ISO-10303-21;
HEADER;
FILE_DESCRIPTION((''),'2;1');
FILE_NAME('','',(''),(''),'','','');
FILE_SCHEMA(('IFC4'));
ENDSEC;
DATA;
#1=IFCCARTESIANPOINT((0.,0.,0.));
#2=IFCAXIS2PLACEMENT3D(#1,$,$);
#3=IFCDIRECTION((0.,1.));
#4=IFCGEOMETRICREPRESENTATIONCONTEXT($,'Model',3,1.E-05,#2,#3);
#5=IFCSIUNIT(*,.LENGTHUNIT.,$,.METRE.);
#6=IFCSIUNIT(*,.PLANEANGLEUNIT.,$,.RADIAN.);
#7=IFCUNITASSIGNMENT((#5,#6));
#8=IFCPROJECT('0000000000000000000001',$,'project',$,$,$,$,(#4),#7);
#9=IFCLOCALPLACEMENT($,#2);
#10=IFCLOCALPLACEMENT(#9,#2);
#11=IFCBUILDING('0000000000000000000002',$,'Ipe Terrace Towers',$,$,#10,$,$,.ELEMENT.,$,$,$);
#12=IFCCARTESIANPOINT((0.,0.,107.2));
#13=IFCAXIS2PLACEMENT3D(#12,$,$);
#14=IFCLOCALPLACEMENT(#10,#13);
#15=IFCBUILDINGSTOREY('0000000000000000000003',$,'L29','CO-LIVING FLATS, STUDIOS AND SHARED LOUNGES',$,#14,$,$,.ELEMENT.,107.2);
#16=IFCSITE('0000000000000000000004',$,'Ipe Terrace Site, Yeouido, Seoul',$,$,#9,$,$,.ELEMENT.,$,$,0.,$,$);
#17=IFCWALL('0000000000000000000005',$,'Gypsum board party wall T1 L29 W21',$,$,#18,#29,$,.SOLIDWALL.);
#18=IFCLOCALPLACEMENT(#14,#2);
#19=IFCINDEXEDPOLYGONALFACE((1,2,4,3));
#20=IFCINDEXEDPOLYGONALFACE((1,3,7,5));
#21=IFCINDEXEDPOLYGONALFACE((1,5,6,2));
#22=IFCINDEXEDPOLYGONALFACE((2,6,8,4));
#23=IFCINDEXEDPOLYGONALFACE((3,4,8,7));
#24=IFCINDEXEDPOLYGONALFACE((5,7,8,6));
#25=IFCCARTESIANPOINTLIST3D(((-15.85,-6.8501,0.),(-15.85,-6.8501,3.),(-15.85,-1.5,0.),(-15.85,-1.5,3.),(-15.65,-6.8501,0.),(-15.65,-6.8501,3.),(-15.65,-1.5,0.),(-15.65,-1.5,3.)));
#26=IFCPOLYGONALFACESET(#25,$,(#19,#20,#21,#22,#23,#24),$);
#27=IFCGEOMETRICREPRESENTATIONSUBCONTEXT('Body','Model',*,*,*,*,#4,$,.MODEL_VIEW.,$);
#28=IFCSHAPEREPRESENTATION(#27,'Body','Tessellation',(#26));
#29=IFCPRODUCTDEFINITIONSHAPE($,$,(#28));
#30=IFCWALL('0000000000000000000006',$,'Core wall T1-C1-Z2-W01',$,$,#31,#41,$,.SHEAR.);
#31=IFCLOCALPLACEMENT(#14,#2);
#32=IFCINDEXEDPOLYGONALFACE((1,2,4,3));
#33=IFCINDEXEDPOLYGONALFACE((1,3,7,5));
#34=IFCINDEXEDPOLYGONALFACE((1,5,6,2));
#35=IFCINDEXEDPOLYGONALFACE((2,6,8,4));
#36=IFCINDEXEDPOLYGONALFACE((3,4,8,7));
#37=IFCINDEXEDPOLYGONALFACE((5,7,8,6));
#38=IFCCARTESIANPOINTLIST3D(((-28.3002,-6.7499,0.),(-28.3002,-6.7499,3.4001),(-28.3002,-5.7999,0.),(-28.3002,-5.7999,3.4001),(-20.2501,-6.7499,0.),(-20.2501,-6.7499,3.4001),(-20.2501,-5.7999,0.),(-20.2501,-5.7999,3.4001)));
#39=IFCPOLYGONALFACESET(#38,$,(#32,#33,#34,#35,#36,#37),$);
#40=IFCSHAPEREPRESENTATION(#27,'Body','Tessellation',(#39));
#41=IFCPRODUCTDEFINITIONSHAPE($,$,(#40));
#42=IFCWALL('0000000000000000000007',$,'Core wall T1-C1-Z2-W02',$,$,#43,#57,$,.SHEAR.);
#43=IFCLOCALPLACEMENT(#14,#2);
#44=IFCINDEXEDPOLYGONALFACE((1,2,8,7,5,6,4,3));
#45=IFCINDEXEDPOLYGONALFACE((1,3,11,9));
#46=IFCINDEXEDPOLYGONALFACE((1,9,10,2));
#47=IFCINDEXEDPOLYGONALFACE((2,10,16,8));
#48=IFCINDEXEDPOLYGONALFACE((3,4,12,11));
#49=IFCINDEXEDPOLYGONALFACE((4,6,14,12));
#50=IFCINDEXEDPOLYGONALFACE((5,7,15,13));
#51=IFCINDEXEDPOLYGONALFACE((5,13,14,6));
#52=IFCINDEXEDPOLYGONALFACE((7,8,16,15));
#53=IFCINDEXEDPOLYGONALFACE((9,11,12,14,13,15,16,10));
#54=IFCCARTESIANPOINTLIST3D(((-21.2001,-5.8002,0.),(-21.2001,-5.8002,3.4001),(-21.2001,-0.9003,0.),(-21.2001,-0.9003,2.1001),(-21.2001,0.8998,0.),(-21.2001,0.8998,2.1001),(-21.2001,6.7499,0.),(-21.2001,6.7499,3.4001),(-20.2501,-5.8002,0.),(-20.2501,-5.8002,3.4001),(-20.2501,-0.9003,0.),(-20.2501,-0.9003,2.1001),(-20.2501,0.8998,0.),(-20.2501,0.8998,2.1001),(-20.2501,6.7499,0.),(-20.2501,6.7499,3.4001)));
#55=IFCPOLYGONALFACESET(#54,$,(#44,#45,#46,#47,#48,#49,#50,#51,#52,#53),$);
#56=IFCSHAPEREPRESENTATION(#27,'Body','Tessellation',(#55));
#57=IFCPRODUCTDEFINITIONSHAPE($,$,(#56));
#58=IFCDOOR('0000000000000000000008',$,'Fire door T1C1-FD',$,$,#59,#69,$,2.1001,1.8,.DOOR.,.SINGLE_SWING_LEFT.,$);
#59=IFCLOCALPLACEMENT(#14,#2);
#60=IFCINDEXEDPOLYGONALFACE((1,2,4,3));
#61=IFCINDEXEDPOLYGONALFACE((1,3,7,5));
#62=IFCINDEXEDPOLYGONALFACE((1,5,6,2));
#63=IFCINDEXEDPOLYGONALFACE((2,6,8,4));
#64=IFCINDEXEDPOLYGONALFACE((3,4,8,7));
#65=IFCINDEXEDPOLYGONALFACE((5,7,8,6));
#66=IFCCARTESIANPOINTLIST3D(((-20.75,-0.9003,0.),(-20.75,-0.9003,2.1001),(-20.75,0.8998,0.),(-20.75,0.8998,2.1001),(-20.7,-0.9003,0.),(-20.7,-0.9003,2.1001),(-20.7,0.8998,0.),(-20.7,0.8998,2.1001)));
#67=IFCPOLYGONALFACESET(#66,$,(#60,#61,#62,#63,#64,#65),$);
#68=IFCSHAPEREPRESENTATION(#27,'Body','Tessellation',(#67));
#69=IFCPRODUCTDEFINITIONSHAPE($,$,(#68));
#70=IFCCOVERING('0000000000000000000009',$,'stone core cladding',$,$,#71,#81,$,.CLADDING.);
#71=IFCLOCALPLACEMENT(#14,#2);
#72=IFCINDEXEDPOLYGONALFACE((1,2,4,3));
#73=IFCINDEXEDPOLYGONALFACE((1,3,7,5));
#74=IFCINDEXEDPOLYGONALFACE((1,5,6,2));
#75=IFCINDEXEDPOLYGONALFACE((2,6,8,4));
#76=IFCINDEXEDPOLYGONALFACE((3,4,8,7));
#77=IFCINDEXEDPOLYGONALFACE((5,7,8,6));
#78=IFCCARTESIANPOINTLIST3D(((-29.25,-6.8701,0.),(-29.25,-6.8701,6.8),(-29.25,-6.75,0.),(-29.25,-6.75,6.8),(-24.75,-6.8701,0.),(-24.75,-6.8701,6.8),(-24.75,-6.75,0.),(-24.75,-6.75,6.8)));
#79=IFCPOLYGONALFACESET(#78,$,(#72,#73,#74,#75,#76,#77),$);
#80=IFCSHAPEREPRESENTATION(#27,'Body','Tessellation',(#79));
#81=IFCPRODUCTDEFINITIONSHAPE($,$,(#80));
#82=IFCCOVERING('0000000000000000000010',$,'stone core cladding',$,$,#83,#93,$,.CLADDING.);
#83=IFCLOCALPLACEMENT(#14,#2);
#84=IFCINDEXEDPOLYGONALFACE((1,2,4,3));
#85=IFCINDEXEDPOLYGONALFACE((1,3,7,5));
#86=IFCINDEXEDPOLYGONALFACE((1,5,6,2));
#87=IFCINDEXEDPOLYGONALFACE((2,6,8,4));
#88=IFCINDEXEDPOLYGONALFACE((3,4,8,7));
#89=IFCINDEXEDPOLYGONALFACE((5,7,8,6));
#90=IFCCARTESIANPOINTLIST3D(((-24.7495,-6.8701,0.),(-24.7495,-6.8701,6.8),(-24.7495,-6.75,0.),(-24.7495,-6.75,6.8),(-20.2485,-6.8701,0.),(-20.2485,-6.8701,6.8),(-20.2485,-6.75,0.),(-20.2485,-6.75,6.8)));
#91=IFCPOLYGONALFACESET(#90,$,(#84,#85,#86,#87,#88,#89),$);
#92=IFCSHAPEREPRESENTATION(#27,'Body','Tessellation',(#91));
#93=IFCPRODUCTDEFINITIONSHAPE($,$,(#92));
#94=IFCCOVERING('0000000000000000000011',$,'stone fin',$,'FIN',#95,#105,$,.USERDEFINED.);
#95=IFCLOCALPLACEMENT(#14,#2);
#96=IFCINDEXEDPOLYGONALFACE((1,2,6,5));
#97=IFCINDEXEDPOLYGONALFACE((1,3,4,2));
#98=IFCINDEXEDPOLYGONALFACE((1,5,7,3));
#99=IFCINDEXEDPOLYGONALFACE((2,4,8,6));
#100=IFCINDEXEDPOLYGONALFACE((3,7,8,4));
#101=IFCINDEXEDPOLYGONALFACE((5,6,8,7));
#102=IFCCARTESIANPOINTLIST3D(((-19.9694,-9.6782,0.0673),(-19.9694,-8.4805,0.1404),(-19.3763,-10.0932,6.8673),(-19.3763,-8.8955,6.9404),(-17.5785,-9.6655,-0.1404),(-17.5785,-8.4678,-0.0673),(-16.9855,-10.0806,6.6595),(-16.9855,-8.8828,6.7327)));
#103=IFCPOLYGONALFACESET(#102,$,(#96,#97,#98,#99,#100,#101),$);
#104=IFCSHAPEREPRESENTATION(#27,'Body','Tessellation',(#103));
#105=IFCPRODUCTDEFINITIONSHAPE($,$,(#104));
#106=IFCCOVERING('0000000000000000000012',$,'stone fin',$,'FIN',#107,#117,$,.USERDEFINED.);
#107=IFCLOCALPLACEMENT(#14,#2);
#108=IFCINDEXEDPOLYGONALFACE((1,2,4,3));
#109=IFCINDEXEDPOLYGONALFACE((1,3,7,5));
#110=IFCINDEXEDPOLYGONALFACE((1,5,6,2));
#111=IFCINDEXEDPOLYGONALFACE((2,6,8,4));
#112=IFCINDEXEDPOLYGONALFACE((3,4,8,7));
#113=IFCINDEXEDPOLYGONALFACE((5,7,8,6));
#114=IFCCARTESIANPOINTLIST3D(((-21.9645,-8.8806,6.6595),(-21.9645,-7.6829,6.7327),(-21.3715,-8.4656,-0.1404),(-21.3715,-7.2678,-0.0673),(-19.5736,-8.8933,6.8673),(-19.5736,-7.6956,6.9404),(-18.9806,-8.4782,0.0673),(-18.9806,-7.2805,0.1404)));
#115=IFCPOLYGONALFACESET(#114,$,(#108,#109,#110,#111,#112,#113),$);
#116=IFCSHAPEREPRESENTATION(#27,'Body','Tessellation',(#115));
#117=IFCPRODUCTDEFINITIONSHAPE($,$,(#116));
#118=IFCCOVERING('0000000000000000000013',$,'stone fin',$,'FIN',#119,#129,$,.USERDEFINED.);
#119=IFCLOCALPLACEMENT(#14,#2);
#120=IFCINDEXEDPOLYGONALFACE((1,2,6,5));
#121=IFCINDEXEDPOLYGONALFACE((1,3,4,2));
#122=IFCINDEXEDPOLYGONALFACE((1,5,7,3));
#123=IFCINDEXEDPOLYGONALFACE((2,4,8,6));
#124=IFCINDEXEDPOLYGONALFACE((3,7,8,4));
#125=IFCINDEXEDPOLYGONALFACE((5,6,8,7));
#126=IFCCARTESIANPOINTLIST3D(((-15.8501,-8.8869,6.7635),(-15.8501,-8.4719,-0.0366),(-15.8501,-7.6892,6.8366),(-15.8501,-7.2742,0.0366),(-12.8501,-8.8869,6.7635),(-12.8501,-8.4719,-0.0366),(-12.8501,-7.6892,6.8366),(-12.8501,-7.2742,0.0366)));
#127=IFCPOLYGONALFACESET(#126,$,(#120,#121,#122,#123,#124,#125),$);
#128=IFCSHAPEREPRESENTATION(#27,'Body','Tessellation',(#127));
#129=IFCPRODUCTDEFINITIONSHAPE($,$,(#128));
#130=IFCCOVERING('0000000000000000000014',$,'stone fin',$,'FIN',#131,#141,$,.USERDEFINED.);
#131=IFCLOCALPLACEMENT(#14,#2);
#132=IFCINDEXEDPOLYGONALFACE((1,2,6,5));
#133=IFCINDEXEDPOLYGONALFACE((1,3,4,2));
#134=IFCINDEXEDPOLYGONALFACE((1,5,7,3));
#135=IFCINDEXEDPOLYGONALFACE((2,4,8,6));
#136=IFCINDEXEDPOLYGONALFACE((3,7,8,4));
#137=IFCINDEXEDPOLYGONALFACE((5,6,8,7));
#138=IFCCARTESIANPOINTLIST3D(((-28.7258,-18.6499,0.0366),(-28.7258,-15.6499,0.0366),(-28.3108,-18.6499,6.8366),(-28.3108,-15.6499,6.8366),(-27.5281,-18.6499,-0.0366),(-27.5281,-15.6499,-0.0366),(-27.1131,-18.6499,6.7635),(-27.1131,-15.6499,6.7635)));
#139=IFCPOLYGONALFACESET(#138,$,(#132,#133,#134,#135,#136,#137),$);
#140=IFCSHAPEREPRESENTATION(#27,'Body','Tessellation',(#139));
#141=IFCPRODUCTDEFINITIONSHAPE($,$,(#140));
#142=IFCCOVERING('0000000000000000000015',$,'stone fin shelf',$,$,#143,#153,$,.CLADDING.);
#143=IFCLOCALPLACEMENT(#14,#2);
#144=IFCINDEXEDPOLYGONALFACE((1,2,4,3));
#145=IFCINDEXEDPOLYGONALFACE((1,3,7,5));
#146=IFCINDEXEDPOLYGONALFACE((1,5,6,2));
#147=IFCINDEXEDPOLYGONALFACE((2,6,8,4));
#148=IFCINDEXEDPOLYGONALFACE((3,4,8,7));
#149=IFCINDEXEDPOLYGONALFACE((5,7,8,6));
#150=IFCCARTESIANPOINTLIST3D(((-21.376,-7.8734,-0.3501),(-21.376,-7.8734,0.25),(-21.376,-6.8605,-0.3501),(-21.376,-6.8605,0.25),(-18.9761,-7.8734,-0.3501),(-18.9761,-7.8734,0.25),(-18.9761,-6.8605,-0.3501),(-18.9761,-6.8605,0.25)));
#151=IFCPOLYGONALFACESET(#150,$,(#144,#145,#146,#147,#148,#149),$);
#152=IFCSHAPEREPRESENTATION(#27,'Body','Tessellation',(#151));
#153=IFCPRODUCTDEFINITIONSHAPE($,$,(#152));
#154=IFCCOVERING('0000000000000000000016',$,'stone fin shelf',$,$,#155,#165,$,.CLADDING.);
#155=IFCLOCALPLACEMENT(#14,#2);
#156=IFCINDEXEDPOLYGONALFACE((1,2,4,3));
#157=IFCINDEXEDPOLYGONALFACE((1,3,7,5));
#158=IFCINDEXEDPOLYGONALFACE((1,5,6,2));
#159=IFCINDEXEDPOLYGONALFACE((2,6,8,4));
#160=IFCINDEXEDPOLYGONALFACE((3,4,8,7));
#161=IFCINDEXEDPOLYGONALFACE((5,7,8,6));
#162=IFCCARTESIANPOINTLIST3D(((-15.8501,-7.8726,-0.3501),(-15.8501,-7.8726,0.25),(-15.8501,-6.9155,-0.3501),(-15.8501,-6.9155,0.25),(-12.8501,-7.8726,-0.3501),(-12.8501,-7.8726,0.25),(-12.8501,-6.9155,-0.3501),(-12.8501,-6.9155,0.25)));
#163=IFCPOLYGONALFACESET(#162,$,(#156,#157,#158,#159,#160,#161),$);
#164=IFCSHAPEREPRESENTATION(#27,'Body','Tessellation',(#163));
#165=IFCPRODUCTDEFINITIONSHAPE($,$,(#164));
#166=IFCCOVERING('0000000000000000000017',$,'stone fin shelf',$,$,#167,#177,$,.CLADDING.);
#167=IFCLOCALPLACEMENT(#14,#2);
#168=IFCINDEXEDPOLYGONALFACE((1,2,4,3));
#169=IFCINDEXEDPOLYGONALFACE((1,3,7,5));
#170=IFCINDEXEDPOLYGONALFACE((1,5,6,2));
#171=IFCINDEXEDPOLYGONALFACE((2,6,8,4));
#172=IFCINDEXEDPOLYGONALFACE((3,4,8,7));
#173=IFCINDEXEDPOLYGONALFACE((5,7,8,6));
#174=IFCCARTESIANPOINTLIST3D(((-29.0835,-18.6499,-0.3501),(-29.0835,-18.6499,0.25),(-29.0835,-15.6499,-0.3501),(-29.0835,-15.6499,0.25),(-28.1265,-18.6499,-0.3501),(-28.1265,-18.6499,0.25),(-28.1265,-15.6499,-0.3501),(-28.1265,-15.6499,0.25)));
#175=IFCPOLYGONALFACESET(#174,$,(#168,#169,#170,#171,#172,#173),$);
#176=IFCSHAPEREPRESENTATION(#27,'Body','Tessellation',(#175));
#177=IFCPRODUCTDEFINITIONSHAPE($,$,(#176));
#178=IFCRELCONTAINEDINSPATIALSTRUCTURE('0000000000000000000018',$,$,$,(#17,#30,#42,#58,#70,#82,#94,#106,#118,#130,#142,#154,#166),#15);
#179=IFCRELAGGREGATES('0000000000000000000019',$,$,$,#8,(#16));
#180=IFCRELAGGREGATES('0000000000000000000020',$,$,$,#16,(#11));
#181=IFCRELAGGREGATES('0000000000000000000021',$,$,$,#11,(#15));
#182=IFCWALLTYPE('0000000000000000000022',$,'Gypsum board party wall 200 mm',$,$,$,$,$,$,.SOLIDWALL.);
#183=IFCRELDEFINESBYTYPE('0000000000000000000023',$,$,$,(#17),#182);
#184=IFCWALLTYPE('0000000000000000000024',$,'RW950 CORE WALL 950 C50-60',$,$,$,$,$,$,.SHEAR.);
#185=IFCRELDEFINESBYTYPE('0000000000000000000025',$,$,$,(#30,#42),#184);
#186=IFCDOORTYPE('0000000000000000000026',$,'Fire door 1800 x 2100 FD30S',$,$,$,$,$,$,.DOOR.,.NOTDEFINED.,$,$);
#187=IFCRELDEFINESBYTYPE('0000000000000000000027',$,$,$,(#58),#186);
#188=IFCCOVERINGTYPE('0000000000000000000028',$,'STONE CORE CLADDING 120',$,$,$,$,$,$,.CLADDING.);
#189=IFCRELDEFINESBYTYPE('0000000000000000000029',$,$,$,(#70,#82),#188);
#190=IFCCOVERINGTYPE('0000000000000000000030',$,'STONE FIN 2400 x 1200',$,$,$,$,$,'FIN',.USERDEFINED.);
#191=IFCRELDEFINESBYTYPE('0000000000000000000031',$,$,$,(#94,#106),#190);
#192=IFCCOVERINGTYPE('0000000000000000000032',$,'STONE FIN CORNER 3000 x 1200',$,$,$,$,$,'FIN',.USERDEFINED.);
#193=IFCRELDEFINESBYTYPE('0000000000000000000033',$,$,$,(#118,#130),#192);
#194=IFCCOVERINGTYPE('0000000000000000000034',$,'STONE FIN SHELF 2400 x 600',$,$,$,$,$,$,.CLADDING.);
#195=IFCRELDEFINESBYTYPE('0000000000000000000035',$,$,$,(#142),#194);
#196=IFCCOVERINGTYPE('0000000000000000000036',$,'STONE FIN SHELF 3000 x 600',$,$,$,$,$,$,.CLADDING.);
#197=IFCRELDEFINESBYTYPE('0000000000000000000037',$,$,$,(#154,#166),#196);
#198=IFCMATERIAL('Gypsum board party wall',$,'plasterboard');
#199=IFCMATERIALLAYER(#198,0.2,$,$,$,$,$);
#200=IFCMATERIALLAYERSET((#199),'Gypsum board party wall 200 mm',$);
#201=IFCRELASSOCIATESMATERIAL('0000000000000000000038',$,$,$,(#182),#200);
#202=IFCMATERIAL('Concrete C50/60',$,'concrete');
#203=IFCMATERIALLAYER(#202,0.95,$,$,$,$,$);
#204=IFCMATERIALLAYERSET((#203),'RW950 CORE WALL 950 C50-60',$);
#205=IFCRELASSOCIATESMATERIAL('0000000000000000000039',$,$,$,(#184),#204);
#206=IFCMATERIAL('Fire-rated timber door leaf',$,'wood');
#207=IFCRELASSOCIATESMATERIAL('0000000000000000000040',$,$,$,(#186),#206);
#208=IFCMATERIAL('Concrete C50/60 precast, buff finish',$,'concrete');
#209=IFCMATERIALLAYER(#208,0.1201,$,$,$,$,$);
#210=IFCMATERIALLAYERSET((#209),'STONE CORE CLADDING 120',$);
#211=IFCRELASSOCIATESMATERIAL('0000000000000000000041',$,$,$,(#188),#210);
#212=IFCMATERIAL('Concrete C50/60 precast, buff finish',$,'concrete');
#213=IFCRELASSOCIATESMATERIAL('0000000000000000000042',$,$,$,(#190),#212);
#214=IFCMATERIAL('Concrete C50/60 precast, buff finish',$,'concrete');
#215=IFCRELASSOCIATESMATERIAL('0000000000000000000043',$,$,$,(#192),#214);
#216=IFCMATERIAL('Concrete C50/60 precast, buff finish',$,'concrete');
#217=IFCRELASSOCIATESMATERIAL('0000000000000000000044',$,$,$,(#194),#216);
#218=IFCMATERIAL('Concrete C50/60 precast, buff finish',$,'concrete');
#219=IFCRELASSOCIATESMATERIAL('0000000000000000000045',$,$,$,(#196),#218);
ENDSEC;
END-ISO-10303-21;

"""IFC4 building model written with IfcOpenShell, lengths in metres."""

from ifc_helpers import new_model, si_unit, direction, frame, frame_2d, origin, origin_2d, place, context, subcontext, project, spatial, rectangle, extrude, material, layer, layer_set, material_profile, profile_set, type_object, element, fill, save


model = new_model("IFC4")

# Units and contexts
model_context = context("Model", 3, precision=1e-05, world=origin(), true_north=direction((0.0, 1.0)))
body_context = subcontext(model_context, "Body", "Model", "MODEL_VIEW")
ifc_project = project(units=[si_unit("LENGTHUNIT", "METRE"), si_unit("PLANEANGLEUNIT", "RADIAN")], contexts=[model_context])

# Site, building, storey
site_placement = place(None, origin())
site = spatial("IfcSite", under=ifc_project, at=site_placement, Name="Ipe Terrace Site, Yeouido, Seoul", CompositionType="ELEMENT", RefElevation=0.0)
building_placement = place(site_placement, origin())
building = spatial("IfcBuilding", under=site, at=building_placement, Name="Ipe Terrace Towers", CompositionType="ELEMENT")
storey_placement = place(building_placement, frame((0.0, 0.0, 107.2)))
storey = spatial("IfcBuildingStorey", under=building, at=storey_placement, Name="L29", Description="CO-LIVING FLATS, STUDIOS AND SHARED LOUNGES", CompositionType="ELEMENT", Elevation=107.2)

# Walls
ifc_material_1 = material(Name="Gypsum board party wall", Category="plasterboard")
ifc_layer_1 = layer(ifc_material_1, 0.2)
ifc_layer_set_1 = layer_set([ifc_layer_1], Name="Gypsum board party wall 200 mm")
wall_type_1 = type_object("IfcWallType", Name="Gypsum board party wall 200 mm", PredefinedType="SOLIDWALL", material=ifc_layer_set_1)
wall_1_placement = place(storey_placement, frame((-15.75, -6.8501, 0.0), z_axis=(0.0, 0.0, 1.0), x_axis=(0.0, 1.0, 0.0)))
element("IfcWall", 1, at=wall_1_placement, inside=storey, type_object=wall_type_1, Name="Gypsum board party wall T1 L29 W21", PredefinedType="SOLIDWALL", context=body_context, shape_type="SweptSolid", body=[
    extrude(rectangle(XDim=5.3501, YDim=0.2, at=frame_2d((2.675, 0.0))), origin(), (0.0, 0.0, 1.0), 3.0),
])
ifc_material_2 = material(Name="Concrete C50/60", Category="concrete")
ifc_layer_2 = layer(ifc_material_2, 0.95)
ifc_layer_set_2 = layer_set([ifc_layer_2], Name="RW950 CORE WALL 950 C50-60")
wall_type_2 = type_object("IfcWallType", Name="RW950 CORE WALL 950 C50-60", PredefinedType="SHEAR", material=ifc_layer_set_2)
wall_2_placement = place(storey_placement, frame((-28.3, -6.2749, 0.0), z_axis=(0.0, 0.0, 1.0), x_axis=(1.0, 0.0, 0.0)))
element("IfcWall", 2, at=wall_2_placement, inside=storey, type_object=wall_type_2, Name="Core wall T1-C1-Z2-W01", PredefinedType="SHEAR", context=body_context, shape_type="SweptSolid", body=[
    extrude(rectangle(XDim=8.05, YDim=0.95, at=frame_2d((4.0249, 0.0))), origin(), (0.0, 0.0, 1.0), 3.4001),
])

# Wall, opening, door
wall_3_placement = place(storey_placement, frame((-20.7251, -5.8, 0.0), z_axis=(0.0, 0.0, 1.0), x_axis=(0.0, 1.0, 0.0)))
wall_3 = element("IfcWall", 3, at=wall_3_placement, inside=storey, type_object=wall_type_2, Name="Core wall T1-C1-Z2-W02", PredefinedType="SHEAR", context=body_context, shape_type="SweptSolid", body=[
    extrude(rectangle(XDim=12.55, YDim=0.95, at=frame_2d((6.2749, 0.0))), origin(), (0.0, 0.0, 1.0), 3.4001),
])
opening_1_placement = place(wall_3_placement, frame((4.8999, 0.0, 0.0)))
opening_1 = element("IfcOpeningElement", 4, at=opening_1_placement, cuts=wall_3, PredefinedType="OPENING", context=body_context, shape_type="SweptSolid", body=[
    extrude(rectangle(XDim=1.8, YDim=2.1001, at=frame_2d((0.8999, 1.05))), frame((0.0, 0.4849, 0.0), z_axis=(0.0, -1.0, 0.0), x_axis=(1.0, 0.0, 0.0)), (0.0, 0.0, 1.0), 0.97),
])
ifc_material_3 = material(Name="Fire-rated timber door leaf", Category="wood")
door_type_1 = type_object("IfcDoorType", Name="Fire door 1800 x 2100 FD30S", OperationType="NOTDEFINED", PredefinedType="DOOR", material=ifc_material_3)
door_1_placement = place(opening_1_placement, origin())
door_1 = element("IfcDoor", 5, at=door_1_placement, inside=storey, type_object=door_type_1, Name="Fire door T1C1-FD", OperationType="SINGLE_SWING_LEFT", OverallHeight=2.1001, OverallWidth=1.8, PredefinedType="DOOR", context=body_context, shape_type="SweptSolid", body=[
    extrude(rectangle(XDim=1.8, YDim=2.1001, at=frame_2d((0.8999, 1.05))), frame((0.0, 0.0249, 0.0), z_axis=(0.0, -1.0, 0.0), x_axis=(1.0, 0.0, 0.0)), (0.0, 0.0, 1.0), 0.05),
])
fill(opening_1, door_1)

# Coverings
ifc_material_4 = material(Name="Concrete C50/60 precast, buff finish", Category="concrete")
ifc_layer_3 = layer(ifc_material_4, 0.1201)
ifc_layer_set_3 = layer_set([ifc_layer_3], Name="STONE CORE CLADDING 120")
covering_type_1 = type_object("IfcCoveringType", Name="STONE CORE CLADDING 120", PredefinedType="CLADDING", material=ifc_layer_set_3)
covering_1_placement = place(storey_placement, frame((-27.0, -6.8101, 0.0), z_axis=(0.0, 0.0, 1.0), x_axis=(1.0, 0.0, 0.0)))
element("IfcCovering", 6, at=covering_1_placement, inside=storey, type_object=covering_type_1, Name="stone core cladding", PredefinedType="CLADDING", context=body_context, shape_type="SweptSolid", body=[
    extrude(rectangle(XDim=4.5, YDim=0.1201, at=origin_2d()), origin(), (0.0, 0.0, 1.0), 6.8),
])
covering_2_placement = place(storey_placement, frame((-22.499, -6.8101, 0.0), z_axis=(0.0, 0.0, 1.0), x_axis=(1.0, 0.0, 0.0)))
element("IfcCovering", 7, at=covering_2_placement, inside=storey, type_object=covering_type_1, Name="stone core cladding", PredefinedType="CLADDING", context=body_context, shape_type="SweptSolid", body=[
    extrude(rectangle(XDim=4.501, YDim=0.1201, at=origin_2d()), origin(), (0.0, 0.0, 1.0), 6.8),
])
ifc_material_5 = material(Name="Concrete C50/60 precast, buff finish", Category="concrete")
ifc_material_profile_1 = material_profile(ifc_material_5, rectangle(XDim=2.3999, YDim=1.2, at=origin_2d()), Name="STONE FIN 2400 x 1200")
ifc_profile_set_1 = profile_set([ifc_material_profile_1], Name="Concrete C50/60 precast, buff finish")
covering_type_2 = type_object("IfcCoveringType", Name="STONE FIN 2400 x 1200", ElementType="FIN", PredefinedType="USERDEFINED", material=ifc_profile_set_1)
for number, where, z_axis, x_axis, name in (
    (8, (-18.7739, -9.073, 0.0), (0.086718, -0.060692, 0.994382), (0.996233, 0.005283, -0.086557), "stone fin"),
    (9, (-20.176, -7.873, 0.0), (-0.086718, -0.060692, 0.994382), (0.996233, -0.005283, 0.086557), "stone fin"),
):
    element("IfcCovering", number, at=place(storey_placement, frame(where, z_axis=z_axis, x_axis=x_axis)), inside=storey, type_object=covering_type_2, Name=name, ObjectType="FIN", PredefinedType="USERDEFINED", context=body_context, shape_type="SweptSolid", body=[
        extrude(rectangle(XDim=2.3999, YDim=1.2, at=origin_2d()), origin(), (0.0, 0.0, 1.0), 6.8384),
    ])
ifc_material_6 = material(Name="Concrete C50/60 precast, buff finish", Category="concrete")
ifc_material_profile_2 = material_profile(ifc_material_6, rectangle(XDim=3.0, YDim=1.2, at=origin_2d()), Name="STONE FIN CORNER 3000 x 1200")
ifc_profile_set_2 = profile_set([ifc_material_profile_2], Name="Concrete C50/60 precast, buff finish")
covering_type_3 = type_object("IfcCoveringType", Name="STONE FIN CORNER 3000 x 1200", ElementType="FIN", PredefinedType="USERDEFINED", material=ifc_profile_set_2)
for number, where, z_axis, x_axis, name in (
    (10, (-14.3501, -7.873, 0.0), (0.0, -0.060921, 0.998143), (1.0, 0.0, 0.0), "stone fin"),
    (11, (-28.127, -17.1499, 0.0), (0.060921, 0.0, 0.998143), (0.0, 1.0, 0.0), "stone fin"),
):
    element("IfcCovering", number, at=place(storey_placement, frame(where, z_axis=z_axis, x_axis=x_axis)), inside=storey, type_object=covering_type_3, Name=name, ObjectType="FIN", PredefinedType="USERDEFINED", context=body_context, shape_type="SweptSolid", body=[
        extrude(rectangle(XDim=3.0, YDim=1.2, at=origin_2d()), origin(), (0.0, 0.0, 1.0), 6.8127),
    ])
ifc_material_7 = material(Name="Concrete C50/60 precast, buff finish", Category="concrete")
covering_type_4 = type_object("IfcCoveringType", Name="STONE FIN SHELF 2400 x 600", PredefinedType="CLADDING", material=ifc_material_7)
covering_3_placement = place(storey_placement, frame((-20.176, -7.3669, -0.3501), z_axis=(0.0, 0.0, 1.0), x_axis=(1.0, 0.0, 0.0)))
element("IfcCovering", 12, at=covering_3_placement, inside=storey, type_object=covering_type_4, Name="stone fin shelf", PredefinedType="CLADDING", context=body_context, shape_type="SweptSolid", body=[
    extrude(rectangle(XDim=2.3999, YDim=1.0129, at=origin_2d()), origin(), (0.0, 0.0, 1.0), 0.6001),
])
ifc_material_8 = material(Name="Concrete C50/60 precast, buff finish", Category="concrete")
covering_type_5 = type_object("IfcCoveringType", Name="STONE FIN SHELF 3000 x 600", PredefinedType="CLADDING", material=ifc_material_8)
for number, where, z_axis, x_axis, name in (
    (13, (-14.3501, -7.394, -0.3501), (0.0, 0.0, 1.0), (1.0, 0.0, 0.0), "stone fin shelf"),
    (14, (-28.605, -17.1499, -0.3501), (0.0, 0.0, 1.0), (0.0, 1.0, 0.0), "stone fin shelf"),
):
    element("IfcCovering", number, at=place(storey_placement, frame(where, z_axis=z_axis, x_axis=x_axis)), inside=storey, type_object=covering_type_5, Name=name, PredefinedType="CLADDING", context=body_context, shape_type="SweptSolid", body=[
        extrude(rectangle(XDim=3.0, YDim=0.957, at=origin_2d()), origin(), (0.0, 0.0, 1.0), 0.6001),
    ])

save(model, "model.ifc")
